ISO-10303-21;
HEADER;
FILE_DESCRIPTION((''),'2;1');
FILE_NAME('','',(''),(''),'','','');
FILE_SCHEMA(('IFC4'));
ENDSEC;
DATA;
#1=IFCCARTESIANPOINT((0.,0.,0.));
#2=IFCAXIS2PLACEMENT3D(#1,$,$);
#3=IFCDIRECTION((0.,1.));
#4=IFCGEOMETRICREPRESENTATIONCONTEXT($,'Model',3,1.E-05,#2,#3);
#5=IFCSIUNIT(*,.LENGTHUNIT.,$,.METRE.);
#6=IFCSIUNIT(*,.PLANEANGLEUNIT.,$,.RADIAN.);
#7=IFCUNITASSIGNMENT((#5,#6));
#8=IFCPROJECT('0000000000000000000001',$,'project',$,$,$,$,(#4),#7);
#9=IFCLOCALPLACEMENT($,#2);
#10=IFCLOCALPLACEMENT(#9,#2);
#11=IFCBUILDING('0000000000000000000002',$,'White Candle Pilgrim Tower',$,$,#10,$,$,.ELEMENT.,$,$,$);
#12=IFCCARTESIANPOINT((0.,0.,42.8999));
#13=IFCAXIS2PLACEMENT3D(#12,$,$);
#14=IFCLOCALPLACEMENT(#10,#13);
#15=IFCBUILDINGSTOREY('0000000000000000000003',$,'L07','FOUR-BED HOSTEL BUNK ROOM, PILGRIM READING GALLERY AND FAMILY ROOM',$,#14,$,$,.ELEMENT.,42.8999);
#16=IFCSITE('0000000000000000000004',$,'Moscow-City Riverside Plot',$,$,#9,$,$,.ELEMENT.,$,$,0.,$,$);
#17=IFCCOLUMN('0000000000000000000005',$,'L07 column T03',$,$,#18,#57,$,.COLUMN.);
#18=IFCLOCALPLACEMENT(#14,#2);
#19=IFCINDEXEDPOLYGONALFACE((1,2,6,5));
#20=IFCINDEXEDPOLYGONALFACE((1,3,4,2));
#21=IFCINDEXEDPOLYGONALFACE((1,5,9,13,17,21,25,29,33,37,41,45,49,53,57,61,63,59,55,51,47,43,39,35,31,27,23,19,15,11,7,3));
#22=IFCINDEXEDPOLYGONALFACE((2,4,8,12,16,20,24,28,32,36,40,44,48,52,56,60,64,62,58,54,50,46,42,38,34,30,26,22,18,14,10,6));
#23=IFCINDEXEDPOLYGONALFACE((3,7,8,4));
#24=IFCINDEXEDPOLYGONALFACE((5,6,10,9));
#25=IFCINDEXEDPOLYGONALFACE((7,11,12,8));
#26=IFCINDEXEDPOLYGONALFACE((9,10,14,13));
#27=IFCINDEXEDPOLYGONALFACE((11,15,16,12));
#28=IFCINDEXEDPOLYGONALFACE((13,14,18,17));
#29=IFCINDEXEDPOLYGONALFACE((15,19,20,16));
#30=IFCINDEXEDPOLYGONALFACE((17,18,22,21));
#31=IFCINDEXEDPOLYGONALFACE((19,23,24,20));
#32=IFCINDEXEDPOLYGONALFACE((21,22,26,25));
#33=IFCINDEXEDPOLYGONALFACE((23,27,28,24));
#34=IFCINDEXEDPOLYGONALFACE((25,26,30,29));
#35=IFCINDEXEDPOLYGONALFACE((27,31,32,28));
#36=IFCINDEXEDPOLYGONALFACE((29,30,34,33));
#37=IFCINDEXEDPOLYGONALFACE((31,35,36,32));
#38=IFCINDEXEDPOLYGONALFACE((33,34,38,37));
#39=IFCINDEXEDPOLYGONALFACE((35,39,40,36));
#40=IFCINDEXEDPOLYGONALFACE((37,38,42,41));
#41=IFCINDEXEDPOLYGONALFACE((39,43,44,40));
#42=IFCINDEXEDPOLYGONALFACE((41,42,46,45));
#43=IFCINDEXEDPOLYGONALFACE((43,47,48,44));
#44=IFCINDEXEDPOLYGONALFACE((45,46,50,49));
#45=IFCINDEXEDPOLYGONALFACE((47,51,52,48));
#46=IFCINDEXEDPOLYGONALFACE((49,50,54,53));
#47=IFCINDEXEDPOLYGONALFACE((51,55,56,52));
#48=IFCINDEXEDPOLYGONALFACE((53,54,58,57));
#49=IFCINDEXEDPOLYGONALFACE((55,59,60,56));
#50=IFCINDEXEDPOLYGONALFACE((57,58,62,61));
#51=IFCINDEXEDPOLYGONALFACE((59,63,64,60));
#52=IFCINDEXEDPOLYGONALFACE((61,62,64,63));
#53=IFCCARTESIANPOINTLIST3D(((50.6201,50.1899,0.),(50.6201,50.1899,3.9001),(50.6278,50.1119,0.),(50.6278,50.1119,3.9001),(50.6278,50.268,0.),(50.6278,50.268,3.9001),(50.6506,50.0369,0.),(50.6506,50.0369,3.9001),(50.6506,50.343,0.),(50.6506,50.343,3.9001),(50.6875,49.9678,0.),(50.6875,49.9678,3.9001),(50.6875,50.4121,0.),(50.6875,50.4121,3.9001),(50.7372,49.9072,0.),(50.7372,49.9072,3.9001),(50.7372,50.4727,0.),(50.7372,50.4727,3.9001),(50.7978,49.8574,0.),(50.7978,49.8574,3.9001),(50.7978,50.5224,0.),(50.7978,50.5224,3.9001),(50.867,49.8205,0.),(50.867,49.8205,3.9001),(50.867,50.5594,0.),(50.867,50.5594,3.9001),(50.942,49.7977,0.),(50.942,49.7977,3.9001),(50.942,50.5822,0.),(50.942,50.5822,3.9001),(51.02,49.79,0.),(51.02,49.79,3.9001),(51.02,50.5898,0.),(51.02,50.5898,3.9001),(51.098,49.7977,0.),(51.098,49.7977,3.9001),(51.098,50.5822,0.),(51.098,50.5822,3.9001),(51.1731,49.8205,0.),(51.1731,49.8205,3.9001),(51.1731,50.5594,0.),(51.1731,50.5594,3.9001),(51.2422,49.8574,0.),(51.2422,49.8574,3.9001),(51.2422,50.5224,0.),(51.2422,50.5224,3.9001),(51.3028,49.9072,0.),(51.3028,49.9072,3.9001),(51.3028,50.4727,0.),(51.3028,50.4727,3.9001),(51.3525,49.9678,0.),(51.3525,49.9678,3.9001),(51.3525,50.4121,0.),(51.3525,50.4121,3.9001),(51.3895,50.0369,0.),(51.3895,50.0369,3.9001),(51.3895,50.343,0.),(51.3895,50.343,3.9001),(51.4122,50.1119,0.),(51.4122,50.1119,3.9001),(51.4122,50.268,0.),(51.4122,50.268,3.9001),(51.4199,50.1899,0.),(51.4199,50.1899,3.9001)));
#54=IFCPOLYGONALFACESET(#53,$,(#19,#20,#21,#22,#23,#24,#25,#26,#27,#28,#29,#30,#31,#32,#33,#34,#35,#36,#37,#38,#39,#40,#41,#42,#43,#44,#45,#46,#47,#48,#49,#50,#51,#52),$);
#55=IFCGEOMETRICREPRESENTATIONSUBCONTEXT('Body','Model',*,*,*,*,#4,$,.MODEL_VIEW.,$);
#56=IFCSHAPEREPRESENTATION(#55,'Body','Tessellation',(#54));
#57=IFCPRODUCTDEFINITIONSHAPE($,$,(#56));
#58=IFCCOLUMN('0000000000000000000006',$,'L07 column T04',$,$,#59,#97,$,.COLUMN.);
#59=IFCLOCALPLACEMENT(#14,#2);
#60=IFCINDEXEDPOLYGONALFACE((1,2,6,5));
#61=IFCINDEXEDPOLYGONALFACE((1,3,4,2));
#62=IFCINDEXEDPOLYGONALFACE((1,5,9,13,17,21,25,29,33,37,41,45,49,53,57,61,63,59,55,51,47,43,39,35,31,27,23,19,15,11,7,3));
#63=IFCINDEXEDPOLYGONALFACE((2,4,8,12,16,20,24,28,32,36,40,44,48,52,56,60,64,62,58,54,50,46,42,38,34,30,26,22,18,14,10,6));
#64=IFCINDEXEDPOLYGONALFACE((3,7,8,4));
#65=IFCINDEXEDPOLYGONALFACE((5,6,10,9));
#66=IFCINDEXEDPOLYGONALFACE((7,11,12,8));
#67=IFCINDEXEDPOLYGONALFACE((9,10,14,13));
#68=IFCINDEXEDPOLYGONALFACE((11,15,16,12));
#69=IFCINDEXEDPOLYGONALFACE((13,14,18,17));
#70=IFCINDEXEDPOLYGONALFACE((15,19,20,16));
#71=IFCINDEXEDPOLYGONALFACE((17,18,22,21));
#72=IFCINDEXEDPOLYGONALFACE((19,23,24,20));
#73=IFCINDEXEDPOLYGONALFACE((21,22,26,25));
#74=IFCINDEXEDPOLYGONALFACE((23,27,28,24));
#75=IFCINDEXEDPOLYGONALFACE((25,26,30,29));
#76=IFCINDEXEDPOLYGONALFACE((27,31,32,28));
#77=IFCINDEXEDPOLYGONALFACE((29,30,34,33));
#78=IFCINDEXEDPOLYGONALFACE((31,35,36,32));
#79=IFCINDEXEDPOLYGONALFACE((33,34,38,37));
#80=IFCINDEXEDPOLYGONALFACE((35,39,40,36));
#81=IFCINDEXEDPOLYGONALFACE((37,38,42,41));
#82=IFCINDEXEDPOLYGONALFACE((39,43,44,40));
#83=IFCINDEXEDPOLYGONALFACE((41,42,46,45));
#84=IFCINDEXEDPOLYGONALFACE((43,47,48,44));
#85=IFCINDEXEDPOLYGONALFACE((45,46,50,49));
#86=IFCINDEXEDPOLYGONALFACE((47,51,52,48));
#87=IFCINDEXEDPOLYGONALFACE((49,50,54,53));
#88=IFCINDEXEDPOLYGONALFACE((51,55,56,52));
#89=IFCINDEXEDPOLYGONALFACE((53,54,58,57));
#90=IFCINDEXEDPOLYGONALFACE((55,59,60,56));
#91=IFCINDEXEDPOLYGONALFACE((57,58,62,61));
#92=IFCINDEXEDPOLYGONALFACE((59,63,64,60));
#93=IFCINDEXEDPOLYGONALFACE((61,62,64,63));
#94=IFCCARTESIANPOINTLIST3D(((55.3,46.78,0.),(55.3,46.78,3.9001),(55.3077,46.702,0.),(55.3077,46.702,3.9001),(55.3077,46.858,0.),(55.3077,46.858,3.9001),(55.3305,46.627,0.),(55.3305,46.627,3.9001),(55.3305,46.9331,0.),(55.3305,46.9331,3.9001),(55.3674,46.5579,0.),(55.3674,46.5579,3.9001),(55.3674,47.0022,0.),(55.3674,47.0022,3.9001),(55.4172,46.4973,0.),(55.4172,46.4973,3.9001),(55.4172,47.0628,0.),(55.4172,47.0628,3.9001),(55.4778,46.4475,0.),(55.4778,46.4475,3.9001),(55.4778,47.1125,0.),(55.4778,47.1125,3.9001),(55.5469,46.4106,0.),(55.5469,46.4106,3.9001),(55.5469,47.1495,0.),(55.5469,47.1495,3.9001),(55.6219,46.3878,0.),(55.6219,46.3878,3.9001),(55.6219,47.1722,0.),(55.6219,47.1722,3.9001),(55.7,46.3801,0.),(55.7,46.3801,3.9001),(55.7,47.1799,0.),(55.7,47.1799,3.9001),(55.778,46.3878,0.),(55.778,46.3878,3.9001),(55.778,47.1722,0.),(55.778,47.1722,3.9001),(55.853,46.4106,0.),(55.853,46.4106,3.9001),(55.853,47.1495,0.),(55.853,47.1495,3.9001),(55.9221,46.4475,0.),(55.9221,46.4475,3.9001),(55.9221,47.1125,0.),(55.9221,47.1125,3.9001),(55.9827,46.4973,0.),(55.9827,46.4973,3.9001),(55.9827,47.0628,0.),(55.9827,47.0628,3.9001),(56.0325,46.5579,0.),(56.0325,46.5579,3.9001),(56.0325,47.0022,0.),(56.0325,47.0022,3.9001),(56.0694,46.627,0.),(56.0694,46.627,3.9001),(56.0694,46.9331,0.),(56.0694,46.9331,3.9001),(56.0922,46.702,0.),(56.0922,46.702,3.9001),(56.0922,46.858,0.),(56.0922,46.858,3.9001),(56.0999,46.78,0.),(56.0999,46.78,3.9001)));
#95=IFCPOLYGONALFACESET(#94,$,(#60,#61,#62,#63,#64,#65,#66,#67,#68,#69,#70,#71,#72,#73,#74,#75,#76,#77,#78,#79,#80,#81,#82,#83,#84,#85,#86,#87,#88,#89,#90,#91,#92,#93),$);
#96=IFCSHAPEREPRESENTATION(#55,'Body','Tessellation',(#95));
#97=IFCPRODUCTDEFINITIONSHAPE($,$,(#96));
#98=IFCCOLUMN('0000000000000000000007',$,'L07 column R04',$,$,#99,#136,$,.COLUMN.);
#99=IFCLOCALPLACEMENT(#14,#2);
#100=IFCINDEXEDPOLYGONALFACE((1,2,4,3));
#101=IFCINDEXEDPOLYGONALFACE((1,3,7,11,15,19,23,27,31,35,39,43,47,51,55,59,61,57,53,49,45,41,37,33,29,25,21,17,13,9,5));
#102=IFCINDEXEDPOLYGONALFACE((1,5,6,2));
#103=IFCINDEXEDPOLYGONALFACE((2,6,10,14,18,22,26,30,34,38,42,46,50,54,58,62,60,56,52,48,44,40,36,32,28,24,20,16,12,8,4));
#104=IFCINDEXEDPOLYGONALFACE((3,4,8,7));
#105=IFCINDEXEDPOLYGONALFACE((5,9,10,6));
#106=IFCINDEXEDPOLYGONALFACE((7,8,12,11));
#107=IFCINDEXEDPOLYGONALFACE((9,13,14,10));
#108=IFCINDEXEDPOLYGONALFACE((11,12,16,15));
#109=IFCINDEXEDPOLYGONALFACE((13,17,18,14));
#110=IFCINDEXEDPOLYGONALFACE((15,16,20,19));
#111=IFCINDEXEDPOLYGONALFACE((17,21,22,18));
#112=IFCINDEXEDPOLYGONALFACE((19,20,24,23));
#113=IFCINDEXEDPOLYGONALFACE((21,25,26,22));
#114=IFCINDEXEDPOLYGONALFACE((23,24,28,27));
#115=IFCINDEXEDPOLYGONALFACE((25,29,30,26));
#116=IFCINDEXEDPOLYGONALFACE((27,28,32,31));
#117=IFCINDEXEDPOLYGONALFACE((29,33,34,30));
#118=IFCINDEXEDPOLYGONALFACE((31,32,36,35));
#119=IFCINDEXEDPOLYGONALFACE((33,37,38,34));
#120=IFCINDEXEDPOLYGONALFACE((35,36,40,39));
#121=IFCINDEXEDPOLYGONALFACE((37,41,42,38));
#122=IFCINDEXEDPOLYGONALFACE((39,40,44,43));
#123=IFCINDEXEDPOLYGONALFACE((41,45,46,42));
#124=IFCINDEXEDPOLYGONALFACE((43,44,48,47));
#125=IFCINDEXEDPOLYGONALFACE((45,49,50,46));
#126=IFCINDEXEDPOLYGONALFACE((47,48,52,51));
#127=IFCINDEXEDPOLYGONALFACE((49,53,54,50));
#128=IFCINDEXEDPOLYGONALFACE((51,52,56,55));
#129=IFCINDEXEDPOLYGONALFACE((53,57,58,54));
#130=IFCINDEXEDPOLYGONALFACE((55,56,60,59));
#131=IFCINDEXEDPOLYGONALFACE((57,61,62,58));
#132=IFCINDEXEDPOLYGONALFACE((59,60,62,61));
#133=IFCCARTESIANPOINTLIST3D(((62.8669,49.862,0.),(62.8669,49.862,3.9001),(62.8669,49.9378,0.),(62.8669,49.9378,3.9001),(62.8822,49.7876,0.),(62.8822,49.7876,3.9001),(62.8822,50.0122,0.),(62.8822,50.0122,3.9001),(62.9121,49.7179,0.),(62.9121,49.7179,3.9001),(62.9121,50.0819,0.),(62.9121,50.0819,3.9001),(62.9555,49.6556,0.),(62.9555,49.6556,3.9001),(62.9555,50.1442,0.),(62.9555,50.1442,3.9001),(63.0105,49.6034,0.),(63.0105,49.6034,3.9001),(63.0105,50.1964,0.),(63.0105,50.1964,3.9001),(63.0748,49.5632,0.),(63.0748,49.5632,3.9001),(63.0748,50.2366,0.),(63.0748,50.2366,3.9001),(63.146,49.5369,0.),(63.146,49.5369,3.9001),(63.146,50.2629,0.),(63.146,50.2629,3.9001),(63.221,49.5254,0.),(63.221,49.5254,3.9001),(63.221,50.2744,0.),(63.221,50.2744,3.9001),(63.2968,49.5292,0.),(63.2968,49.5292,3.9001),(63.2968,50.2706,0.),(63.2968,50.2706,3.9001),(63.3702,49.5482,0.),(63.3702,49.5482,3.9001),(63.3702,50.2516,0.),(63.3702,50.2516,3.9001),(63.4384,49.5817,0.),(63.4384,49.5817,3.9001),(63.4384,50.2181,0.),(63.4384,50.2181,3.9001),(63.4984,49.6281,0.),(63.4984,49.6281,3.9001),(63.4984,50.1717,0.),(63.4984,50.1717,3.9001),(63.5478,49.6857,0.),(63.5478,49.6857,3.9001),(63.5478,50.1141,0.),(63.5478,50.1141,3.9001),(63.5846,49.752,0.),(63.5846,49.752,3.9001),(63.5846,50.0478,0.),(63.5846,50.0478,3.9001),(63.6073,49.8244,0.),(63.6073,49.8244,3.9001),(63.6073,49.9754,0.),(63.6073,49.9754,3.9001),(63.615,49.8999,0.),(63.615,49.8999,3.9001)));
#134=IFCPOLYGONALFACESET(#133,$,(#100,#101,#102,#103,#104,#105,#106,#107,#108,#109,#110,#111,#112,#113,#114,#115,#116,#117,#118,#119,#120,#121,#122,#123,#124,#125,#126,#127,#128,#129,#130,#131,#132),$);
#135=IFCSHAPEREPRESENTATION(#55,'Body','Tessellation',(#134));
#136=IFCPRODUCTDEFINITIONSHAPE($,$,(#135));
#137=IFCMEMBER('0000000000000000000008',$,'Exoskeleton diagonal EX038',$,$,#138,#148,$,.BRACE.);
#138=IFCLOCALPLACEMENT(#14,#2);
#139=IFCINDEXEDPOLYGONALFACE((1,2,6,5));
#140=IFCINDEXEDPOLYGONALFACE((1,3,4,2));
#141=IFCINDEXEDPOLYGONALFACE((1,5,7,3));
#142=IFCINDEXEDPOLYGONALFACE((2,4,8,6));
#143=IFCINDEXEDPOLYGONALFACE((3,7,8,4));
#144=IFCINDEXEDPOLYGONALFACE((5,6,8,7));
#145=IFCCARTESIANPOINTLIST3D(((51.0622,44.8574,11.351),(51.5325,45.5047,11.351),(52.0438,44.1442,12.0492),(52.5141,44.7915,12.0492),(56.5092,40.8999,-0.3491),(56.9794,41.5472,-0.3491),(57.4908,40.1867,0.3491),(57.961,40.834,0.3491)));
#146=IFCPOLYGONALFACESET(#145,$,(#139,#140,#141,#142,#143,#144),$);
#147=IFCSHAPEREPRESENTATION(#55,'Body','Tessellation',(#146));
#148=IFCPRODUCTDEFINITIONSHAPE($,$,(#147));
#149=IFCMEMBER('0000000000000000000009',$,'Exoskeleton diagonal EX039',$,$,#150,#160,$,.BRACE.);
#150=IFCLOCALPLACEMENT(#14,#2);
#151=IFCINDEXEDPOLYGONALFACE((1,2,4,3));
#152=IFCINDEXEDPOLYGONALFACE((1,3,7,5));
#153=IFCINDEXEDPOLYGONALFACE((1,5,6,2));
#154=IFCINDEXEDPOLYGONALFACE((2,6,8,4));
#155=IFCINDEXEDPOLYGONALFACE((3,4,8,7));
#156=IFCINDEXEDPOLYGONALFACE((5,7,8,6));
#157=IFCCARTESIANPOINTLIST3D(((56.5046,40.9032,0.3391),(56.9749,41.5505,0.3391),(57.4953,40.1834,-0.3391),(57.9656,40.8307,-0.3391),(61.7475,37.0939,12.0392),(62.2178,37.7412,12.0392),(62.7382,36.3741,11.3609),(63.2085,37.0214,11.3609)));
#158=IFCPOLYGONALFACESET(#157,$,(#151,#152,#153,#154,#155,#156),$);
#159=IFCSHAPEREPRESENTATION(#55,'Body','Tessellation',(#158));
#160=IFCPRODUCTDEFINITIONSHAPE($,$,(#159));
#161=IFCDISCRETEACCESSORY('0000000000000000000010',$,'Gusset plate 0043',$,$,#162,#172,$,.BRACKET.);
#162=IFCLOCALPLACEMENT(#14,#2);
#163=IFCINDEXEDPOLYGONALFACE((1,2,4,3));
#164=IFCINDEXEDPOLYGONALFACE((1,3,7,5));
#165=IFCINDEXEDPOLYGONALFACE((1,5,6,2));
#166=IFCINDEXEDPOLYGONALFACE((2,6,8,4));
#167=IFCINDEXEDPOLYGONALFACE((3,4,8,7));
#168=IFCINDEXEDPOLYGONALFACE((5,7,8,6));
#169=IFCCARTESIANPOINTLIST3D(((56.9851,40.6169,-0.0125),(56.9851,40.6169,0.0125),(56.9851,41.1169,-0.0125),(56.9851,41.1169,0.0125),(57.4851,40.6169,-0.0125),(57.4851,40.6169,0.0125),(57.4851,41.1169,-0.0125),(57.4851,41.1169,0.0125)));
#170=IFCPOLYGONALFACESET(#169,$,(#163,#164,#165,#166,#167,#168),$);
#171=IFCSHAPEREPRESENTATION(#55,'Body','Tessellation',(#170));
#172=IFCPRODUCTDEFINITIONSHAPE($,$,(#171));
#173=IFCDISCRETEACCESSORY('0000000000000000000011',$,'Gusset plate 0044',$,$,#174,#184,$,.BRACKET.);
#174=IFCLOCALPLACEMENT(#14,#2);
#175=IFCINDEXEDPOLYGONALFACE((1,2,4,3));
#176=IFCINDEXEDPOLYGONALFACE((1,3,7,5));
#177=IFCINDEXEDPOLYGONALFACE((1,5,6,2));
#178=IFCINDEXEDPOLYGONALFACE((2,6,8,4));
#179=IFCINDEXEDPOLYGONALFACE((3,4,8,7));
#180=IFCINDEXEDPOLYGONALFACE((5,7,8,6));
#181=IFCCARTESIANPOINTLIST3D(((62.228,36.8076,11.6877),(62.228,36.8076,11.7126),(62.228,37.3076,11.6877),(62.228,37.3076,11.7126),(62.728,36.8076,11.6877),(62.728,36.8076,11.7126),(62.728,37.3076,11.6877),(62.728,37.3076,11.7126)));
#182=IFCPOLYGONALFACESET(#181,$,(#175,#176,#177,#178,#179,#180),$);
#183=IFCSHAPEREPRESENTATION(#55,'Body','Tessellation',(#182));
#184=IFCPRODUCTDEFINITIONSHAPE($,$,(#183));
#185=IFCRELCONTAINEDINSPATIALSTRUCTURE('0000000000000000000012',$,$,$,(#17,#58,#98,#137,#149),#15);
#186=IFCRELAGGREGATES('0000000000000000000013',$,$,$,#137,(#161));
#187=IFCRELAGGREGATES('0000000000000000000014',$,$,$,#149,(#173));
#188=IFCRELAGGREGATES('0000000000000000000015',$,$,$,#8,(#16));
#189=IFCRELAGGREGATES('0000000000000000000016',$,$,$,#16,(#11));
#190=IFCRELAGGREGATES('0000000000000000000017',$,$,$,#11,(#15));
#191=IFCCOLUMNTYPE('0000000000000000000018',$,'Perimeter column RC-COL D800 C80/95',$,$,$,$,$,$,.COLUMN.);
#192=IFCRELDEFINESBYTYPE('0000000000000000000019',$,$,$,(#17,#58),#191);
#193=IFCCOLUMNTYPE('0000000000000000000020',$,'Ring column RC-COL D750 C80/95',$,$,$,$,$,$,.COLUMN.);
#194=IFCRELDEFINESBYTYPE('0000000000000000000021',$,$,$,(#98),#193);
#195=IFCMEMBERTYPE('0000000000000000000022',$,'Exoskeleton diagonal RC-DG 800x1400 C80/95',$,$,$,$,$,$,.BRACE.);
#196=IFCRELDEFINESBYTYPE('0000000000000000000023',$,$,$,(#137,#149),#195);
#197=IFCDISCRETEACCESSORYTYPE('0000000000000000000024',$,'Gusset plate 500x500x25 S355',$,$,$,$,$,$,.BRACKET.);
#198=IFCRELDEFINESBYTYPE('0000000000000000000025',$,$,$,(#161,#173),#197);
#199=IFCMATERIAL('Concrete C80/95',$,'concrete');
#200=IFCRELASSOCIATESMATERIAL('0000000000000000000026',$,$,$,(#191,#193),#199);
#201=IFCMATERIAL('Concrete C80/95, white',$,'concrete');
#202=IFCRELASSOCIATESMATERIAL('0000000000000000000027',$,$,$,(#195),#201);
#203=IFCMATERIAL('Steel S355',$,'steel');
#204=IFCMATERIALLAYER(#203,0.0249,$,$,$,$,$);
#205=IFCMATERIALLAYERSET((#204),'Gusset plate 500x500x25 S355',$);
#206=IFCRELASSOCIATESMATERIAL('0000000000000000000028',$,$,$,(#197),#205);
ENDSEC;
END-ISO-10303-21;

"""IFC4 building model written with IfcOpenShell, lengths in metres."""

from ifc_helpers import new_model, si_unit, direction, frame, origin, origin_2d, place, context, subcontext, project, spatial, rectangle, circle, extrude, material, layer, layer_set, material_profile, profile_set, type_object, element, aggregate, save


model = new_model("IFC4")

# Units and contexts
model_context = context("Model", 3, precision=1e-05, world=origin(), true_north=direction((0.0, 1.0)))
body_context = subcontext(model_context, "Body", "Model", "MODEL_VIEW")
ifc_project = project(units=[si_unit("LENGTHUNIT", "METRE"), si_unit("PLANEANGLEUNIT", "RADIAN")], contexts=[model_context])

# Site, building, storey
site_placement = place(None, origin())
site = spatial("IfcSite", under=ifc_project, at=site_placement, Name="Moscow-City Riverside Plot", CompositionType="ELEMENT", RefElevation=0.0)
building_placement = place(site_placement, origin())
building = spatial("IfcBuilding", under=site, at=building_placement, Name="White Candle Pilgrim Tower", CompositionType="ELEMENT")
storey_placement = place(building_placement, frame((0.0, 0.0, 42.8999)))
storey = spatial("IfcBuildingStorey", under=building, at=storey_placement, Name="L07", Description="FOUR-BED HOSTEL BUNK ROOM, PILGRIM READING GALLERY AND FAMILY ROOM", CompositionType="ELEMENT", Elevation=42.8999)

# Columns
ifc_material_1 = material(Name="Concrete C80/95", Category="concrete")
ifc_material_profile_1 = material_profile(ifc_material_1, circle(Radius=0.3999, at=origin_2d()), Name="RC-COL D800")
ifc_profile_set_1 = profile_set([ifc_material_profile_1], Name="Concrete C80/95")
column_type_1 = type_object("IfcColumnType", Name="Perimeter column RC-COL D800 C80/95", PredefinedType="COLUMN", material=ifc_profile_set_1)
for number, where, z_axis, x_axis, name in (
    (1, (51.02, 50.1899, 0.0), (0.0, 0.0, 1.0), (1.0, 0.0, 0.0), "L07 column T03"),
    (2, (55.7, 46.78, 0.0), (0.0, 0.0, 1.0), (1.0, 0.0, 0.0), "L07 column T04"),
):
    element("IfcColumn", number, at=place(storey_placement, frame(where, z_axis=z_axis, x_axis=x_axis)), inside=storey, type_object=column_type_1, Name=name, PredefinedType="COLUMN", context=body_context, shape_type="SweptSolid", body=[
        extrude(circle(Radius=0.3999, at=origin_2d()), origin(), (0.0, 0.0, 1.0), 3.9001),
    ])
ifc_material_profile_2 = material_profile(ifc_material_1, circle(Radius=0.375, at=origin_2d()), Name="RC-COL D750")
ifc_profile_set_2 = profile_set([ifc_material_profile_2], Name="Concrete C80/95")
column_type_2 = type_object("IfcColumnType", Name="Ring column RC-COL D750 C80/95", PredefinedType="COLUMN", material=ifc_profile_set_2)
column_placement = place(storey_placement, frame((63.24, 49.8999, 0.0), z_axis=(0.0, 0.0, 1.0), x_axis=(1.0, 0.0, 0.0)))
element("IfcColumn", 3, at=column_placement, inside=storey, type_object=column_type_2, Name="L07 column R04", PredefinedType="COLUMN", context=body_context, shape_type="SweptSolid", body=[
    extrude(circle(Radius=0.375, at=origin_2d()), origin(), (0.0, 0.0, 1.0), 3.9001),
])

# Members
ifc_material_2 = material(Name="Concrete C80/95, white", Category="concrete")
ifc_material_profile_3 = material_profile(ifc_material_2, rectangle(XDim=0.8, YDim=1.3999, at=origin_2d()), Name="RC-DG 800x1400")
ifc_profile_set_3 = profile_set([ifc_material_profile_3], Name="Concrete C80/95, white")
member_type_1 = type_object("IfcMemberType", Name="Exoskeleton diagonal RC-DG 800x1400 C80/95", PredefinedType="BRACE", material=ifc_profile_set_3)
member_1_placement = place(storey_placement, frame((57.2351, 40.8669, 0.0), z_axis=(-0.403509, 0.293168, 0.866737), x_axis=(-0.587788, -0.809015, 0.0)))
member_1 = element("IfcMember", 4, at=member_1_placement, inside=storey, type_object=member_type_1, Name="Exoskeleton diagonal EX038", PredefinedType="BRACE", context=body_context, shape_type="SweptSolid", body=[
    extrude(rectangle(XDim=0.8, YDim=1.3999, at=origin_2d()), origin(), (0.0, 0.0, 1.0), 13.499),
])
member_2_placement = place(storey_placement, frame((57.2351, 40.8669, 0.0), z_axis=(0.391991, -0.284807, 0.874773), x_axis=(0.587798, 0.809008, 0.0)))
member_2 = element("IfcMember", 5, at=member_2_placement, inside=storey, type_object=member_type_1, Name="Exoskeleton diagonal EX039", PredefinedType="BRACE", context=body_context, shape_type="SweptSolid", body=[
    extrude(rectangle(XDim=0.8, YDim=1.3999, at=origin_2d()), origin(), (0.0, 0.0, 1.0), 13.375),
])

# Discrete accessories
ifc_material_3 = material(Name="Steel S355", Category="steel")
ifc_layer_1 = layer(ifc_material_3, 0.0249)
ifc_layer_set_1 = layer_set([ifc_layer_1], Name="Gusset plate 500x500x25 S355")
discrete_accessory_type = type_object("IfcDiscreteAccessoryType", Name="Gusset plate 500x500x25 S355", PredefinedType="BRACKET", material=ifc_layer_set_1)
discrete_accessory_1_placement = place(storey_placement, frame((57.2351, 40.8669, -0.0125), z_axis=(0.0, 0.0, 1.0), x_axis=(1.0, 0.0, 0.0)))
discrete_accessory_1 = element("IfcDiscreteAccessory", 6, at=discrete_accessory_1_placement, type_object=discrete_accessory_type, Name="Gusset plate 0043", PredefinedType="BRACKET", context=body_context, shape_type="SweptSolid", body=[
    extrude(rectangle(XDim=0.5, YDim=0.5, at=origin_2d()), origin(), (0.0, 0.0, 1.0), 0.0249),
])
aggregate(member_1, [discrete_accessory_1])
placement = place(building_placement, frame((0.0, 0.0, 54.6001)))
discrete_accessory_2_placement = place(placement, frame((62.478, 37.0576, -0.0125), z_axis=(0.0, 0.0, 1.0), x_axis=(1.0, 0.0, 0.0)))
discrete_accessory_2 = element("IfcDiscreteAccessory", 7, at=discrete_accessory_2_placement, type_object=discrete_accessory_type, Name="Gusset plate 0044", PredefinedType="BRACKET", context=body_context, shape_type="SweptSolid", body=[
    extrude(rectangle(XDim=0.5, YDim=0.5, at=origin_2d()), origin(), (0.0, 0.0, 1.0), 0.0249),
])
aggregate(member_2, [discrete_accessory_2])

save(model, "model.ifc")
